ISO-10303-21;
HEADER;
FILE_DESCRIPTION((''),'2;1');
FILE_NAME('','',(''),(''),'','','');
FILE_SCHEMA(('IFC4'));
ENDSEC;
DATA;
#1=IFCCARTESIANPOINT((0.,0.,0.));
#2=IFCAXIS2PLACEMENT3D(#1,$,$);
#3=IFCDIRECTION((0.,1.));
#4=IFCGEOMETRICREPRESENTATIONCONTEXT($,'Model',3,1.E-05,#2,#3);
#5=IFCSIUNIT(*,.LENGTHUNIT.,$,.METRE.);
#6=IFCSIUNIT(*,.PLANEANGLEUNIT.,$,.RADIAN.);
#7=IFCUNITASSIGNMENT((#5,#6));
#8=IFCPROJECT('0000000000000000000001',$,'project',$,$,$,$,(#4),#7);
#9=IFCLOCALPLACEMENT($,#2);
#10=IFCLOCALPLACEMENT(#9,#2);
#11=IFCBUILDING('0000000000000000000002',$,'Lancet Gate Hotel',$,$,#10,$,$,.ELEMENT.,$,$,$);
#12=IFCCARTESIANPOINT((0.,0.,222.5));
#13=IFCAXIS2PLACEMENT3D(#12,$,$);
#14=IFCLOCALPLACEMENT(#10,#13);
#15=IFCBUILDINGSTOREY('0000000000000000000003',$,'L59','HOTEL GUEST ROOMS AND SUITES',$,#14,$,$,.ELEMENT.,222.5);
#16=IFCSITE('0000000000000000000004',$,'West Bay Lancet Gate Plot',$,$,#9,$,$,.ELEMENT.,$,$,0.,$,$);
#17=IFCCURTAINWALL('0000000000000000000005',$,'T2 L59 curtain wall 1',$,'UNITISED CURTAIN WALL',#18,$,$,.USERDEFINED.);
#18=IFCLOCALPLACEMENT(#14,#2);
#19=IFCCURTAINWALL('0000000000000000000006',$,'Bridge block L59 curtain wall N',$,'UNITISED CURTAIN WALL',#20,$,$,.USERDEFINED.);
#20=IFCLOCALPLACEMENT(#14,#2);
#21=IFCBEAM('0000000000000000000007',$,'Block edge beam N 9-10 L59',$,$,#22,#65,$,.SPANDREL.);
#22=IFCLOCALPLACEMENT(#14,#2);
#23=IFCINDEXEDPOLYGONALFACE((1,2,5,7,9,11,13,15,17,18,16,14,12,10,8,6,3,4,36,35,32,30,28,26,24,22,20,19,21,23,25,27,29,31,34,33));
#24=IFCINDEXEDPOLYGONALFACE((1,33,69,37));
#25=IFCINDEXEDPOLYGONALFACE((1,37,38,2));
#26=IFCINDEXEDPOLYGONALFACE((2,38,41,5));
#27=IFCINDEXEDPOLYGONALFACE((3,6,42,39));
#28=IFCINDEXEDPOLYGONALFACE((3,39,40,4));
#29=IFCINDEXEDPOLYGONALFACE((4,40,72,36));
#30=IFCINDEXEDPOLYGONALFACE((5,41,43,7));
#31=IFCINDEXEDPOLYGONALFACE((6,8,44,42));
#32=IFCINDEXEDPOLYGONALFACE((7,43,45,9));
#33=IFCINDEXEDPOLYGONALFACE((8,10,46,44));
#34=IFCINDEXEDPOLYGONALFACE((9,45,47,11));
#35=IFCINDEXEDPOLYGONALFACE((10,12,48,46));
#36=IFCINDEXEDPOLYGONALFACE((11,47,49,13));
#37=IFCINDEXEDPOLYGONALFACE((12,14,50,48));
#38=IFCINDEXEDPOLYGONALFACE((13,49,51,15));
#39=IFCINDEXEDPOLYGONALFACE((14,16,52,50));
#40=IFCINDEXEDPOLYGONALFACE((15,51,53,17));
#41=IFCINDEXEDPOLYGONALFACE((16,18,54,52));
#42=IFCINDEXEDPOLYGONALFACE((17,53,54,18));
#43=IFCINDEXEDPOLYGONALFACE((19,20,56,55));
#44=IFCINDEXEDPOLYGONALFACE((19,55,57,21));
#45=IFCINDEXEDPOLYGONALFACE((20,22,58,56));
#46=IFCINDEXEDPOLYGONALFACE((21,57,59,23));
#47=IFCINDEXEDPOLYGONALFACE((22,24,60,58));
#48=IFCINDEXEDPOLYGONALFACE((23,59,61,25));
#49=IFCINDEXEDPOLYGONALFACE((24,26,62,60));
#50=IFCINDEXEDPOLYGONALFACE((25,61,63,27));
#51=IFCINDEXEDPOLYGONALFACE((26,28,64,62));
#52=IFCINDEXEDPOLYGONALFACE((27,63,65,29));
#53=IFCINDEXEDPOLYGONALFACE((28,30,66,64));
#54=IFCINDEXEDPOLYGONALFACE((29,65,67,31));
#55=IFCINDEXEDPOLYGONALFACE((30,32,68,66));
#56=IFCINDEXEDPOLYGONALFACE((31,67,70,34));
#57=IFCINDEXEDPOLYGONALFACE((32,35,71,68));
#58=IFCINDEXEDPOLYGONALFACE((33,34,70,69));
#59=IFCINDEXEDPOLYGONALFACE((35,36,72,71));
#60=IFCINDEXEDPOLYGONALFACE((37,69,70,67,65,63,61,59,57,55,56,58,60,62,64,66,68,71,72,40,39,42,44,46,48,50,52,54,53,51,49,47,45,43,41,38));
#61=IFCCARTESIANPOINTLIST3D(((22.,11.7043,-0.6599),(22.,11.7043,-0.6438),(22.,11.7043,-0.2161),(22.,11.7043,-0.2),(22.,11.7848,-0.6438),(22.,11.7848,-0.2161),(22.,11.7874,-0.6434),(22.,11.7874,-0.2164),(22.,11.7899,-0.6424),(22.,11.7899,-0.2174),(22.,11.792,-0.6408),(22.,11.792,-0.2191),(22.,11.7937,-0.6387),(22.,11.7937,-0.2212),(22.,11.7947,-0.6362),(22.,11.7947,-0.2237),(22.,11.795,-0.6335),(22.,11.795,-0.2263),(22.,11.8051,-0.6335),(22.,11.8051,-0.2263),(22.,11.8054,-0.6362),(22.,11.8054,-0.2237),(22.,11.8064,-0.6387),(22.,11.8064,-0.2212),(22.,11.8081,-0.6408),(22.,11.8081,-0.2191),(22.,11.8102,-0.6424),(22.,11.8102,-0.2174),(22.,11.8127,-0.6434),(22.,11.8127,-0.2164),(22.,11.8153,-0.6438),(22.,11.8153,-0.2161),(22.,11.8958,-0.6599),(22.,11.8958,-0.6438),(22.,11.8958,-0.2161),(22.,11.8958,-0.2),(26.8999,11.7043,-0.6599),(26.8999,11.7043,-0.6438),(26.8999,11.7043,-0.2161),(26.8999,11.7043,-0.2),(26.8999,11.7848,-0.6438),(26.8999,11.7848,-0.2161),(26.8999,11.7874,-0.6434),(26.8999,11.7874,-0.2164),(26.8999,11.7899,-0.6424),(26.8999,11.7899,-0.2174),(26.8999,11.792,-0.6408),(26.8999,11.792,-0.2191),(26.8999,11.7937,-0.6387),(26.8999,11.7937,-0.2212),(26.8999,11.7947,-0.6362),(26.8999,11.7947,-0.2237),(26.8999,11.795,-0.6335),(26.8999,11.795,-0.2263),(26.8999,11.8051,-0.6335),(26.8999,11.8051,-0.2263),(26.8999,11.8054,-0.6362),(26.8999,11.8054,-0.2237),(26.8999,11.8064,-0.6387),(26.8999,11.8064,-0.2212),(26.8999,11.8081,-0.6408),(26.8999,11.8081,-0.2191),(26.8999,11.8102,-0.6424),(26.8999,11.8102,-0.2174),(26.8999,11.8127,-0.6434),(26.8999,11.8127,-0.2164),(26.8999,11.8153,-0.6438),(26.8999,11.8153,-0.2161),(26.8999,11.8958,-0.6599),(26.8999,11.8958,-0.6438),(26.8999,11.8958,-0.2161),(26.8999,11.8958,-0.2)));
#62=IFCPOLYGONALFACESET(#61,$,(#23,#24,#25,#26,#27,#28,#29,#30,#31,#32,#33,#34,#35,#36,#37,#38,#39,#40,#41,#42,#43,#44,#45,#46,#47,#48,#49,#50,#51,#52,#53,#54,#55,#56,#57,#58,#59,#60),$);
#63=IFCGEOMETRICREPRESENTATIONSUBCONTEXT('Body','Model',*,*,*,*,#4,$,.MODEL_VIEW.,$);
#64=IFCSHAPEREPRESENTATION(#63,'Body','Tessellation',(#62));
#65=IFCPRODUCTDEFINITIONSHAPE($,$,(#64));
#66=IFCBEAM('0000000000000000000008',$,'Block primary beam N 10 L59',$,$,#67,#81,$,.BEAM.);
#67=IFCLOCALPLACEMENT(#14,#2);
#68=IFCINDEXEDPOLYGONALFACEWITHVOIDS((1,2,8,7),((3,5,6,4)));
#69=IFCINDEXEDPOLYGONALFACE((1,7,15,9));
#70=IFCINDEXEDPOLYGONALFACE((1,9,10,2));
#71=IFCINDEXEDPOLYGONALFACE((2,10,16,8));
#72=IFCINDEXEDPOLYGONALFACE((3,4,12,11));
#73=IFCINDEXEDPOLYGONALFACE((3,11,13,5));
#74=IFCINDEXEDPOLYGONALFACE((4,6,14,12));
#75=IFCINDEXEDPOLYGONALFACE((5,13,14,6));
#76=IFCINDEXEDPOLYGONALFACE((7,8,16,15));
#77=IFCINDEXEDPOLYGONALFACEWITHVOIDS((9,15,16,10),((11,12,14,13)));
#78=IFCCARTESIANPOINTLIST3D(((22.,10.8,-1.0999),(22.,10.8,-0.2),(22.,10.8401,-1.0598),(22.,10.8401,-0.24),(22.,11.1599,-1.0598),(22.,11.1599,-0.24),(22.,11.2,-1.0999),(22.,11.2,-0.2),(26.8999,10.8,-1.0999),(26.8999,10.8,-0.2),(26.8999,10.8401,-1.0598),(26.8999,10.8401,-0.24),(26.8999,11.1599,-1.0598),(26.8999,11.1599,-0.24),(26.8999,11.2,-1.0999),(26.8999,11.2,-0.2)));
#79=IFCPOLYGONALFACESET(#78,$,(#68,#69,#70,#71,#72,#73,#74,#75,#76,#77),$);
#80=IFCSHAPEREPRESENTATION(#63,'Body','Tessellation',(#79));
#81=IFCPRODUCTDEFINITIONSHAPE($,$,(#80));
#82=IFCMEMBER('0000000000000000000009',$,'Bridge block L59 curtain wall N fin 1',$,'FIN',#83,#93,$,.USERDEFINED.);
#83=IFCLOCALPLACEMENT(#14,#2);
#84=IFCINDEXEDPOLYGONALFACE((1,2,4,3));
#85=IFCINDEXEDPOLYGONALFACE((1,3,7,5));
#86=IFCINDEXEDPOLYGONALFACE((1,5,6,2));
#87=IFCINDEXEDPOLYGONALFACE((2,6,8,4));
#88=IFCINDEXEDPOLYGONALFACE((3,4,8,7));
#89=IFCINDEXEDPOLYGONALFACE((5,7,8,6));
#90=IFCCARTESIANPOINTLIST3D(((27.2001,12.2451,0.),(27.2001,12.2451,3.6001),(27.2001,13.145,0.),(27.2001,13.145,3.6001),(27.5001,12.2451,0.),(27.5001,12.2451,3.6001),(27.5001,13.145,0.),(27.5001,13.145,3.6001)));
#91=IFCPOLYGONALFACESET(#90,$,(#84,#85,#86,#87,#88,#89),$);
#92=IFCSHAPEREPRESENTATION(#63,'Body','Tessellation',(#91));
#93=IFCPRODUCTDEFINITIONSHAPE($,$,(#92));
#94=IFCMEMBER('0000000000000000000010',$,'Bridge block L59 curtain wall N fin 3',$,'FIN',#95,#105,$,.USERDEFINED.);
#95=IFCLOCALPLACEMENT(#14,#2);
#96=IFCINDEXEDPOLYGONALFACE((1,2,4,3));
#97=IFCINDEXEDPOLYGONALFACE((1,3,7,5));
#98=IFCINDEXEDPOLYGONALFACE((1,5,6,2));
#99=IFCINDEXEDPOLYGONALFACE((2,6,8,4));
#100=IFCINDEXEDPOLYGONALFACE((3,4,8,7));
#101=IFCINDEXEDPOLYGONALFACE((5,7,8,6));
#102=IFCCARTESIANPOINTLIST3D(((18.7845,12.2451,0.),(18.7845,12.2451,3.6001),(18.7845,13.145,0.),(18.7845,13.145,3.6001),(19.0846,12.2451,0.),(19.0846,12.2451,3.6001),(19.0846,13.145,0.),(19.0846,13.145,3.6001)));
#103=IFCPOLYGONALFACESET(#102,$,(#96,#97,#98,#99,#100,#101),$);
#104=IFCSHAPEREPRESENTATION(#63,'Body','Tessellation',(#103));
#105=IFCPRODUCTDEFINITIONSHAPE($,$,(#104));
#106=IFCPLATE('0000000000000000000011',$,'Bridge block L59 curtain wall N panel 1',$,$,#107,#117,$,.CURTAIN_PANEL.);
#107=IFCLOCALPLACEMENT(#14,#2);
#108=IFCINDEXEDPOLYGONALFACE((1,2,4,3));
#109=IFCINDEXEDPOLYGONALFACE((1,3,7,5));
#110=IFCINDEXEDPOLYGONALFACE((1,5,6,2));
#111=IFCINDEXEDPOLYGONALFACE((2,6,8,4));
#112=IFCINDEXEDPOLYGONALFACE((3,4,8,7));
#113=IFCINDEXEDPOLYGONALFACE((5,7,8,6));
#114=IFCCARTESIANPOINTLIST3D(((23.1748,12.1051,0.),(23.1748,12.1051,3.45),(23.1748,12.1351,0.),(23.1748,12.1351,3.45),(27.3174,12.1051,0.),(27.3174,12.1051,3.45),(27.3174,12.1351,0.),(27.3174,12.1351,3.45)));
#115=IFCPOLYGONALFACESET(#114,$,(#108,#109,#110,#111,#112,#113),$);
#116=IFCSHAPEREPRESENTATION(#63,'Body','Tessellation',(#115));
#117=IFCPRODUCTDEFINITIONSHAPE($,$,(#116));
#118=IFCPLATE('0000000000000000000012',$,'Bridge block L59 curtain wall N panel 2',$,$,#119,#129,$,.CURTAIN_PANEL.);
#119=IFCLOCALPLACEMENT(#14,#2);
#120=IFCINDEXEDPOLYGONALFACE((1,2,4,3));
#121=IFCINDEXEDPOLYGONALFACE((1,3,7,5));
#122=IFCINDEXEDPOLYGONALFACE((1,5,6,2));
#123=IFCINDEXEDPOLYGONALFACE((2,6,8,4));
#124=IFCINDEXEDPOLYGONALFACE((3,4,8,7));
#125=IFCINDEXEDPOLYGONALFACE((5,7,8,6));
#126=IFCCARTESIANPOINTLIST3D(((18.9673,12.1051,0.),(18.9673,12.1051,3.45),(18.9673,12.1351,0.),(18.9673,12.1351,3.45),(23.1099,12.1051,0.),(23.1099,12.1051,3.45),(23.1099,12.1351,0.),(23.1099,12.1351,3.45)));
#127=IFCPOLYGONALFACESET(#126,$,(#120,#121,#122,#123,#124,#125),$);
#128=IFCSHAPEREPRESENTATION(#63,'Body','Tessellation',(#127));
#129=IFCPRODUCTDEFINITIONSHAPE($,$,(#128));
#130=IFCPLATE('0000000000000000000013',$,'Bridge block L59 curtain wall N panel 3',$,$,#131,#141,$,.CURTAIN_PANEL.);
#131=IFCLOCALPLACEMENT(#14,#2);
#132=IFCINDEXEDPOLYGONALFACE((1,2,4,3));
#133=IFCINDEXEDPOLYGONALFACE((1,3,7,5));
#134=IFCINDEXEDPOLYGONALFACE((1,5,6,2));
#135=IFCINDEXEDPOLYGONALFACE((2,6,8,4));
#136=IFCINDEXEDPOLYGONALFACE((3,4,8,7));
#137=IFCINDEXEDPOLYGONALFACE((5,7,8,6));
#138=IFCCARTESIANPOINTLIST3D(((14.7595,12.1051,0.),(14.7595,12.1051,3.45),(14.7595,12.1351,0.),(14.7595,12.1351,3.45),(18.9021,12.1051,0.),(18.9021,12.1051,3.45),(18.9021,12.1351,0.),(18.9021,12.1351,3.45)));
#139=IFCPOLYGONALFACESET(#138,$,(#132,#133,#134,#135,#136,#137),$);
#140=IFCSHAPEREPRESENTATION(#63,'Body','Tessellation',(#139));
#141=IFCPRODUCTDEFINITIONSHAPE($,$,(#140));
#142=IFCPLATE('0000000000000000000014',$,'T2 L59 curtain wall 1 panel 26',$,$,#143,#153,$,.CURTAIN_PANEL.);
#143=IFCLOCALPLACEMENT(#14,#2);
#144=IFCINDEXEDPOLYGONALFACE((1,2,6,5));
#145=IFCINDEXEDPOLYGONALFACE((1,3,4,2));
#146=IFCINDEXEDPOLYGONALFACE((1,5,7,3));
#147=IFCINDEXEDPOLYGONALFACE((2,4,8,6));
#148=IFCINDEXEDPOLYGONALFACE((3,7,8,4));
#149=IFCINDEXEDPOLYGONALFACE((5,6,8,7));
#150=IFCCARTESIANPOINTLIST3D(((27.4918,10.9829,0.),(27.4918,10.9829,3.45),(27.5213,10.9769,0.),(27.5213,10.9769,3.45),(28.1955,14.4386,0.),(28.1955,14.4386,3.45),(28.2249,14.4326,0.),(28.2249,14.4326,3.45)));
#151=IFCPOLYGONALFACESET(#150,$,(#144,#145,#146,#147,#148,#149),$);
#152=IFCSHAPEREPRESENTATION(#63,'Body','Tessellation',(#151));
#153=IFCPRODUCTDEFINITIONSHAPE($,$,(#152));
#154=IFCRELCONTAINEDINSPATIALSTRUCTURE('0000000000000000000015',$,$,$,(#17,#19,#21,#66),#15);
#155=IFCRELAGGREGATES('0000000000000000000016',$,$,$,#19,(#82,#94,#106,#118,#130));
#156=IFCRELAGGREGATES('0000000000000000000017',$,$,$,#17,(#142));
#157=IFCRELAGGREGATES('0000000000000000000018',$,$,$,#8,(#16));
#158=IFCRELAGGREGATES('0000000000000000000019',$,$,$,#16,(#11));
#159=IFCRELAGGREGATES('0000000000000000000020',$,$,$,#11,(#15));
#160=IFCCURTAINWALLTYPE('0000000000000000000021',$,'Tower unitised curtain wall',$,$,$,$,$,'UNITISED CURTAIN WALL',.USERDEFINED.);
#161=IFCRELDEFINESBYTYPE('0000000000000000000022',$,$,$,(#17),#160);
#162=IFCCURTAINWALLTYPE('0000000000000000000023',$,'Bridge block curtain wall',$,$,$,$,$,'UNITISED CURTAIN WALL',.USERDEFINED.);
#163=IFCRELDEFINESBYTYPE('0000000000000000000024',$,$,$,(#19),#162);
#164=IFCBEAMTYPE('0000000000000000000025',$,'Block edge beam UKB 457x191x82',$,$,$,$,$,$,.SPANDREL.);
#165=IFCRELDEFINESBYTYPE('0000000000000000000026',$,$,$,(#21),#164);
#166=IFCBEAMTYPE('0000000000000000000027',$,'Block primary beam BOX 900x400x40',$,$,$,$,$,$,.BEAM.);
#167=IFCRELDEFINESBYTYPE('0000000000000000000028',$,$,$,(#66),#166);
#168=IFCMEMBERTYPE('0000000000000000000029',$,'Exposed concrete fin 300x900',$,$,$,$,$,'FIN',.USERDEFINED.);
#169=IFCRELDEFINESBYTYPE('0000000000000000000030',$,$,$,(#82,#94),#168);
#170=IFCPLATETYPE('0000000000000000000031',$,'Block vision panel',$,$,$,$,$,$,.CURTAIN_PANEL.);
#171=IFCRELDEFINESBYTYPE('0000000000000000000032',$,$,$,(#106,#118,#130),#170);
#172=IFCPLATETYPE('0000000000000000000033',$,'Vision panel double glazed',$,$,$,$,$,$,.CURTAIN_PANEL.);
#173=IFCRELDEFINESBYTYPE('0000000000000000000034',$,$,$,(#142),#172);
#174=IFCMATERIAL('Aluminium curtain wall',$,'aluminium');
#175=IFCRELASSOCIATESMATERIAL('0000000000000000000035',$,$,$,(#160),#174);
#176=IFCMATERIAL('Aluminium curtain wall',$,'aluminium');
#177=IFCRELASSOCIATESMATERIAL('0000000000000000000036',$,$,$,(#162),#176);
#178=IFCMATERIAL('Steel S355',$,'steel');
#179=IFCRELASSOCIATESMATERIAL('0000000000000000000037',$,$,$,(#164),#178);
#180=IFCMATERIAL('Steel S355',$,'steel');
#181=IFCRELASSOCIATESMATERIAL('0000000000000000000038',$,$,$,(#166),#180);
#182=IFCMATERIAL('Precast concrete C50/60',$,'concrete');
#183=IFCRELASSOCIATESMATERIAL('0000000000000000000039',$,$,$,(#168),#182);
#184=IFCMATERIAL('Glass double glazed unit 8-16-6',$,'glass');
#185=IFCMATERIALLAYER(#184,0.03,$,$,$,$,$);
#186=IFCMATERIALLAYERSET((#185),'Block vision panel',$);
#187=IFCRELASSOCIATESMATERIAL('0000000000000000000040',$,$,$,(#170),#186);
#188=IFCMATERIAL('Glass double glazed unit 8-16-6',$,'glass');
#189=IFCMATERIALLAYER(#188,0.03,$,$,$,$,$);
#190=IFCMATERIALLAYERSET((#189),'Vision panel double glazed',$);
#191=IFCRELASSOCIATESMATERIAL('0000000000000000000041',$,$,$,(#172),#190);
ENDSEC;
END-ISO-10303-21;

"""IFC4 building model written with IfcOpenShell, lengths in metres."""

from ifc_helpers import new_model, si_unit, direction, frame, origin, origin_2d, place, context, subcontext, project, spatial, rectangle, hollow_rectangle, i_section, extrude, material, layer, layer_set, material_profile, profile_set, type_object, element, aggregate, save


model = new_model("IFC4")

# Units and contexts
model_context = context("Model", 3, precision=1e-05, world=origin(), true_north=direction((0.0, 1.0)))
body_context = subcontext(model_context, "Body", "Model", "MODEL_VIEW")
ifc_project = project(units=[si_unit("LENGTHUNIT", "METRE"), si_unit("PLANEANGLEUNIT", "RADIAN")], contexts=[model_context])

# Site, building, storey
site_placement = place(None, origin())
site = spatial("IfcSite", under=ifc_project, at=site_placement, Name="West Bay Lancet Gate Plot", CompositionType="ELEMENT", RefElevation=0.0)
building_placement = place(site_placement, origin())
building = spatial("IfcBuilding", under=site, at=building_placement, Name="Lancet Gate Hotel", CompositionType="ELEMENT")
storey_placement = place(building_placement, frame((0.0, 0.0, 222.5)))
storey = spatial("IfcBuildingStorey", under=building, at=storey_placement, Name="L59", Description="HOTEL GUEST ROOMS AND SUITES", CompositionType="ELEMENT", Elevation=222.5)

# Curtain wall
ifc_material_1 = material(Name="Aluminium curtain wall", Category="aluminium")
curtain_wall_type_1 = type_object("IfcCurtainWallType", Name="Tower unitised curtain wall", ElementType="UNITISED CURTAIN WALL", PredefinedType="USERDEFINED", material=ifc_material_1)
curtain_wall_1_placement = place(storey_placement, origin())
curtain_wall_1 = element("IfcCurtainWall", 1, at=curtain_wall_1_placement, inside=storey, type_object=curtain_wall_type_1, Name="T2 L59 curtain wall 1", ObjectType="UNITISED CURTAIN WALL", PredefinedType="USERDEFINED")

# Curtain wall
ifc_material_2 = material(Name="Aluminium curtain wall", Category="aluminium")
curtain_wall_type_2 = type_object("IfcCurtainWallType", Name="Bridge block curtain wall", ElementType="UNITISED CURTAIN WALL", PredefinedType="USERDEFINED", material=ifc_material_2)
curtain_wall_2_placement = place(storey_placement, origin())
curtain_wall_2 = element("IfcCurtainWall", 2, at=curtain_wall_2_placement, inside=storey, type_object=curtain_wall_type_2, Name="Bridge block L59 curtain wall N", ObjectType="UNITISED CURTAIN WALL", PredefinedType="USERDEFINED")

# Beams
ifc_material_3 = material(Name="Steel S355", Category="steel")
ifc_material_profile_1 = material_profile(ifc_material_3, i_section(OverallWidth=0.1914, OverallDepth=0.46, WebThickness=0.01, FlangeThickness=0.0161, FilletRadius=0.0103, at=origin_2d()), Name="UKB 457x191x82")
ifc_profile_set_1 = profile_set([ifc_material_profile_1], Name="Steel S355")
beam_type_1 = type_object("IfcBeamType", Name="Block edge beam UKB 457x191x82", PredefinedType="SPANDREL", material=ifc_profile_set_1)
beam_1_placement = place(storey_placement, frame((22.0, 11.8, -0.4299), z_axis=(1.0, 0.0, 0.0), x_axis=(0.0, 1.0, 0.0)))
element("IfcBeam", 3, at=beam_1_placement, inside=storey, type_object=beam_type_1, Name="Block edge beam N 9-10 L59", PredefinedType="SPANDREL", context=body_context, shape_type="SweptSolid", body=[
    extrude(i_section(OverallWidth=0.1914, OverallDepth=0.46, WebThickness=0.01, FlangeThickness=0.0161, FilletRadius=0.0103, at=origin_2d()), origin(), (0.0, 0.0, 1.0), 4.8999),
])
ifc_material_4 = material(Name="Steel S355", Category="steel")
ifc_material_profile_2 = material_profile(ifc_material_4, hollow_rectangle(XDim=0.3999, YDim=0.8999, WallThickness=0.04, at=origin_2d()), Name="BOX 900x400x40")
ifc_profile_set_2 = profile_set([ifc_material_profile_2], Name="Steel S355")
beam_type_2 = type_object("IfcBeamType", Name="Block primary beam BOX 900x400x40", PredefinedType="BEAM", material=ifc_profile_set_2)
beam_2_placement = place(storey_placement, frame((22.0, 11.0, -0.6499), z_axis=(1.0, 0.0, 0.0), x_axis=(0.0, 1.0, 0.0)))
element("IfcBeam", 4, at=beam_2_placement, inside=storey, type_object=beam_type_2, Name="Block primary beam N 10 L59", PredefinedType="BEAM", context=body_context, shape_type="SweptSolid", body=[
    extrude(hollow_rectangle(XDim=0.3999, YDim=0.8999, WallThickness=0.04, at=origin_2d()), origin(), (0.0, 0.0, 1.0), 4.8999),
])

# Members
ifc_material_5 = material(Name="Precast concrete C50/60", Category="concrete")
ifc_material_profile_3 = material_profile(ifc_material_5, rectangle(XDim=0.3, YDim=0.8999, at=origin_2d()), Name="FIN 300x900")
ifc_profile_set_3 = profile_set([ifc_material_profile_3], Name="Precast concrete C50/60")
member_type_1 = type_object("IfcMemberType", Name="Exposed concrete fin 300x900", ElementType="FIN", PredefinedType="USERDEFINED", material=ifc_profile_set_3)
member_1_placement = place(storey_placement, frame((27.3501, 12.6951, 0.0), z_axis=(0.0, 0.0, 1.0), x_axis=(-1.0, 0.0, 0.0)))
member_1 = element("IfcMember", 5, at=member_1_placement, type_object=member_type_1, Name="Bridge block L59 curtain wall N fin 1", ObjectType="FIN", PredefinedType="USERDEFINED", context=body_context, shape_type="SweptSolid", body=[
    extrude(rectangle(XDim=0.3, YDim=0.8999, at=origin_2d()), origin(), (0.0, 0.0, 1.0), 3.6001),
])
member_2_placement = place(storey_placement, frame((18.9346, 12.6951, 0.0), z_axis=(0.0, 0.0, 1.0), x_axis=(-1.0, 0.0, 0.0)))
member_2 = element("IfcMember", 6, at=member_2_placement, type_object=member_type_1, Name="Bridge block L59 curtain wall N fin 3", ObjectType="FIN", PredefinedType="USERDEFINED", context=body_context, shape_type="SweptSolid", body=[
    extrude(rectangle(XDim=0.3, YDim=0.8999, at=origin_2d()), origin(), (0.0, 0.0, 1.0), 3.6001),
])

# Plates
ifc_material_6 = material(Name="Glass double glazed unit 8-16-6", Category="glass")
ifc_layer_1 = layer(ifc_material_6, 0.03)
ifc_layer_set_1 = layer_set([ifc_layer_1], Name="Block vision panel")
plate_type_1 = type_object("IfcPlateType", Name="Block vision panel", PredefinedType="CURTAIN_PANEL", material=ifc_layer_set_1)
plate_1_placement = place(storey_placement, frame((25.2461, 12.1201, 0.0), z_axis=(0.0, 0.0, 1.0), x_axis=(-1.0, 0.0, 0.0)))
plate_1 = element("IfcPlate", 7, at=plate_1_placement, type_object=plate_type_1, Name="Bridge block L59 curtain wall N panel 1", PredefinedType="CURTAIN_PANEL", context=body_context, shape_type="SweptSolid", body=[
    extrude(rectangle(XDim=4.1426, YDim=0.03, at=origin_2d()), origin(), (0.0, 0.0, 1.0), 3.45),
])
plate_2_placement = place(storey_placement, frame((21.0386, 12.1201, 0.0), z_axis=(0.0, 0.0, 1.0), x_axis=(-1.0, 0.0, 0.0)))
plate_2 = element("IfcPlate", 8, at=plate_2_placement, type_object=plate_type_1, Name="Bridge block L59 curtain wall N panel 2", PredefinedType="CURTAIN_PANEL", context=body_context, shape_type="SweptSolid", body=[
    extrude(rectangle(XDim=4.1426, YDim=0.03, at=origin_2d()), origin(), (0.0, 0.0, 1.0), 3.45),
])
plate_3_placement = place(storey_placement, frame((16.8308, 12.1201, 0.0), z_axis=(0.0, 0.0, 1.0), x_axis=(-1.0, 0.0, 0.0)))
plate_3 = element("IfcPlate", 9, at=plate_3_placement, type_object=plate_type_1, Name="Bridge block L59 curtain wall N panel 3", PredefinedType="CURTAIN_PANEL", context=body_context, shape_type="SweptSolid", body=[
    extrude(rectangle(XDim=4.1426, YDim=0.03, at=origin_2d()), origin(), (0.0, 0.0, 1.0), 3.45),
])
aggregate(curtain_wall_2, [member_1, member_2, plate_1, plate_2, plate_3])
ifc_material_7 = material(Name="Glass double glazed unit 8-16-6", Category="glass")
ifc_layer_2 = layer(ifc_material_7, 0.03)
ifc_layer_set_2 = layer_set([ifc_layer_2], Name="Vision panel double glazed")
plate_type_2 = type_object("IfcPlateType", Name="Vision panel double glazed", PredefinedType="CURTAIN_PANEL", material=ifc_layer_set_2)
plate_4_placement = place(storey_placement, frame((27.8584, 12.7078, 0.0), z_axis=(0.0, 0.0, 1.0), x_axis=(-0.199533, -0.979891, 0.0)))
plate_4 = element("IfcPlate", 10, at=plate_4_placement, type_object=plate_type_2, Name="T2 L59 curtain wall 1 panel 26", PredefinedType="CURTAIN_PANEL", context=body_context, shape_type="SweptSolid", body=[
    extrude(rectangle(XDim=3.5266, YDim=0.03, at=origin_2d()), origin(), (0.0, 0.0, 1.0), 3.45),
])
aggregate(curtain_wall_1, [plate_4])

save(model, "model.ifc")
